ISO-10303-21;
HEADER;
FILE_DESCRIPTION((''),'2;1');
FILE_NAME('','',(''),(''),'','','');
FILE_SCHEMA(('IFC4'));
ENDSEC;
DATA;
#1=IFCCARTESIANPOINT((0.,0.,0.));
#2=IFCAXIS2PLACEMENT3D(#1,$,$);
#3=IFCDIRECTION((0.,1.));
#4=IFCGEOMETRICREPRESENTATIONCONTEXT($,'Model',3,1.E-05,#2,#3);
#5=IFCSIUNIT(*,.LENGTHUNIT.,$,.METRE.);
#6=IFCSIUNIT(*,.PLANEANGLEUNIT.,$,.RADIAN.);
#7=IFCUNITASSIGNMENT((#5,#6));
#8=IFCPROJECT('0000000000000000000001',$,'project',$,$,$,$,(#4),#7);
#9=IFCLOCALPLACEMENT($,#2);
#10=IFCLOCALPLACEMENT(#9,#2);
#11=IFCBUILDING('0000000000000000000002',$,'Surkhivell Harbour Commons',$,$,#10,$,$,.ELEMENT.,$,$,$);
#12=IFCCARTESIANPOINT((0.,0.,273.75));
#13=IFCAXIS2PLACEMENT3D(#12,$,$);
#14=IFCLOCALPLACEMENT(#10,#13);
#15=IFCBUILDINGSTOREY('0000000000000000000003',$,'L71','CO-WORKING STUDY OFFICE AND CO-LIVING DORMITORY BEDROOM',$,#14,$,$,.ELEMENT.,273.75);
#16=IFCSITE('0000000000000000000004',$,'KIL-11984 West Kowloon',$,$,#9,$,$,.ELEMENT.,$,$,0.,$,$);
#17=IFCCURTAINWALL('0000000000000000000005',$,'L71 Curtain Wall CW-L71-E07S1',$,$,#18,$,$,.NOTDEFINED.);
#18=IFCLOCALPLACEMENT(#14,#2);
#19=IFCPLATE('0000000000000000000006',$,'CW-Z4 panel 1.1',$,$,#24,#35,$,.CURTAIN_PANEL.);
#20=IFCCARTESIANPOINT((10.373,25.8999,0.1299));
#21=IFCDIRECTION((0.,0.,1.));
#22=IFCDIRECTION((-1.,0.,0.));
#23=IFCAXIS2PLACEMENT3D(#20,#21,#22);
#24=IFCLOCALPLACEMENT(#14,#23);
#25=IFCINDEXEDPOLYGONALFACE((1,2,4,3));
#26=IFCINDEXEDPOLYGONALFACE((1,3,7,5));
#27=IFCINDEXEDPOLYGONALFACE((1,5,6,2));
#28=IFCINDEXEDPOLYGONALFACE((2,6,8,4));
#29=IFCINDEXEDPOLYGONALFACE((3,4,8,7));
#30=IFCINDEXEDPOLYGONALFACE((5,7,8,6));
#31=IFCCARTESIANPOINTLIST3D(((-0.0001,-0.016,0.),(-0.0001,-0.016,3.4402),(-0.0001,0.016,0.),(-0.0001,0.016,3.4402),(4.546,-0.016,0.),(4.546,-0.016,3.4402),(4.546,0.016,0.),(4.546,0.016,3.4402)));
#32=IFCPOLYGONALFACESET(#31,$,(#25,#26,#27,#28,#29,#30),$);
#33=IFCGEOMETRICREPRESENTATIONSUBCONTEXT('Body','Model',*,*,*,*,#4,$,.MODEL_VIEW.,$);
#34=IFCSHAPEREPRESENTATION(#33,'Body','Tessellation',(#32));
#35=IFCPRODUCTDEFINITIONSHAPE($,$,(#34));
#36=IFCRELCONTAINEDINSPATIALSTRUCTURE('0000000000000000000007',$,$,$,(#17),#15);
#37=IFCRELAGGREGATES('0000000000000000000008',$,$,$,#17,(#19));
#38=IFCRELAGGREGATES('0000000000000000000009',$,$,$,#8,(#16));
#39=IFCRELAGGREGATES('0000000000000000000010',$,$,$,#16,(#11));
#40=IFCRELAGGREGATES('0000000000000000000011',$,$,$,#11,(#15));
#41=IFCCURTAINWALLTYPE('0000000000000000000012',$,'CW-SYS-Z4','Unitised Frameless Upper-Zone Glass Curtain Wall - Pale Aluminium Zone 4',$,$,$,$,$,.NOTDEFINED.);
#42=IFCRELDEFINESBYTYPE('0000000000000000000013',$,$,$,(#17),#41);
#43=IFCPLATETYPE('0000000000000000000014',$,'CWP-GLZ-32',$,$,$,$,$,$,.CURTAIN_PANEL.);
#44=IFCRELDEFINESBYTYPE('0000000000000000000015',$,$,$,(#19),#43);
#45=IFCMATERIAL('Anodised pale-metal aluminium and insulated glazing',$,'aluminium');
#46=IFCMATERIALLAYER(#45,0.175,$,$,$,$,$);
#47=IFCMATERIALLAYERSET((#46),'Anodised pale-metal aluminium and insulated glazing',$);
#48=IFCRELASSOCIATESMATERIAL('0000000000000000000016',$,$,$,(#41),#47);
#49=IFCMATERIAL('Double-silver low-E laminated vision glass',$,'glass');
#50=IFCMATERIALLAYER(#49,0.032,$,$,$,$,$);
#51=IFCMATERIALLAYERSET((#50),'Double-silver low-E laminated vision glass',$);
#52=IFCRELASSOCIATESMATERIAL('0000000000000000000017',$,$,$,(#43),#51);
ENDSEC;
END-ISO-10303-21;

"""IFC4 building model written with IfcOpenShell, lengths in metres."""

from ifc_helpers import new_model, si_unit, direction, frame, frame_2d, origin, place, context, subcontext, project, spatial, rectangle, extrude, material, layer, layer_set, type_object, element, aggregate, save


model = new_model("IFC4")

# Units and contexts
model_context = context("Model", 3, precision=1e-05, world=origin(), true_north=direction((0.0, 1.0)))
body_context = subcontext(model_context, "Body", "Model", "MODEL_VIEW")
ifc_project = project(units=[si_unit("LENGTHUNIT", "METRE"), si_unit("PLANEANGLEUNIT", "RADIAN")], contexts=[model_context])

# Site, building, storey
site_placement = place(None, origin())
site = spatial("IfcSite", under=ifc_project, at=site_placement, Name="KIL-11984 West Kowloon", CompositionType="ELEMENT", RefElevation=0.0)
building_placement = place(site_placement, origin())
building = spatial("IfcBuilding", under=site, at=building_placement, Name="Surkhivell Harbour Commons", CompositionType="ELEMENT")
storey_placement = place(building_placement, frame((0.0, 0.0, 273.75)))
storey = spatial("IfcBuildingStorey", under=building, at=storey_placement, Name="L71", Description="CO-WORKING STUDY OFFICE AND CO-LIVING DORMITORY BEDROOM", CompositionType="ELEMENT", Elevation=273.75)

# Shared definitions
ifc_material_1 = material(Name="Anodised pale-metal aluminium and insulated glazing", Category="aluminium")
ifc_layer_1 = layer(ifc_material_1, 0.175)
ifc_layer_set_1 = layer_set([ifc_layer_1], Name="Anodised pale-metal aluminium and insulated glazing")
curtain_wall_type = type_object("IfcCurtainWallType", Name="CW-SYS-Z4", Description="Unitised Frameless Upper-Zone Glass Curtain Wall - Pale Aluminium Zone 4", PredefinedType="NOTDEFINED", material=ifc_layer_set_1)

# Curtain wall
curtain_wall_1_placement = place(storey_placement, origin())
curtain_wall_1 = element("IfcCurtainWall", 1, at=curtain_wall_1_placement, inside=storey, type_object=curtain_wall_type, Name="L71 Curtain Wall CW-L71-E07S1", PredefinedType="NOTDEFINED")

# Plate
ifc_material_2 = material(Name="Double-silver low-E laminated vision glass", Category="glass")
ifc_layer_2 = layer(ifc_material_2, 0.032)
ifc_layer_set_2 = layer_set([ifc_layer_2], Name="Double-silver low-E laminated vision glass")
plate_type = type_object("IfcPlateType", Name="CWP-GLZ-32", PredefinedType="CURTAIN_PANEL", material=ifc_layer_set_2)
plate_1_placement = place(storey_placement, frame((10.373, 25.8999, 0.1299), z_axis=(0.0, 0.0, 1.0), x_axis=(-1.0, 0.0, 0.0)))
plate_1 = element("IfcPlate", 2, at=plate_1_placement, type_object=plate_type, Name="CW-Z4 panel 1.1", PredefinedType="CURTAIN_PANEL", context=body_context, shape_type="SweptSolid", body=[
    extrude(rectangle(XDim=4.5461, YDim=0.032, at=frame_2d((2.2729, 0.0))), origin(), (0.0, 0.0, 1.0), 3.4402),
])
aggregate(curtain_wall_1, [plate_1])

save(model, "model.ifc")
